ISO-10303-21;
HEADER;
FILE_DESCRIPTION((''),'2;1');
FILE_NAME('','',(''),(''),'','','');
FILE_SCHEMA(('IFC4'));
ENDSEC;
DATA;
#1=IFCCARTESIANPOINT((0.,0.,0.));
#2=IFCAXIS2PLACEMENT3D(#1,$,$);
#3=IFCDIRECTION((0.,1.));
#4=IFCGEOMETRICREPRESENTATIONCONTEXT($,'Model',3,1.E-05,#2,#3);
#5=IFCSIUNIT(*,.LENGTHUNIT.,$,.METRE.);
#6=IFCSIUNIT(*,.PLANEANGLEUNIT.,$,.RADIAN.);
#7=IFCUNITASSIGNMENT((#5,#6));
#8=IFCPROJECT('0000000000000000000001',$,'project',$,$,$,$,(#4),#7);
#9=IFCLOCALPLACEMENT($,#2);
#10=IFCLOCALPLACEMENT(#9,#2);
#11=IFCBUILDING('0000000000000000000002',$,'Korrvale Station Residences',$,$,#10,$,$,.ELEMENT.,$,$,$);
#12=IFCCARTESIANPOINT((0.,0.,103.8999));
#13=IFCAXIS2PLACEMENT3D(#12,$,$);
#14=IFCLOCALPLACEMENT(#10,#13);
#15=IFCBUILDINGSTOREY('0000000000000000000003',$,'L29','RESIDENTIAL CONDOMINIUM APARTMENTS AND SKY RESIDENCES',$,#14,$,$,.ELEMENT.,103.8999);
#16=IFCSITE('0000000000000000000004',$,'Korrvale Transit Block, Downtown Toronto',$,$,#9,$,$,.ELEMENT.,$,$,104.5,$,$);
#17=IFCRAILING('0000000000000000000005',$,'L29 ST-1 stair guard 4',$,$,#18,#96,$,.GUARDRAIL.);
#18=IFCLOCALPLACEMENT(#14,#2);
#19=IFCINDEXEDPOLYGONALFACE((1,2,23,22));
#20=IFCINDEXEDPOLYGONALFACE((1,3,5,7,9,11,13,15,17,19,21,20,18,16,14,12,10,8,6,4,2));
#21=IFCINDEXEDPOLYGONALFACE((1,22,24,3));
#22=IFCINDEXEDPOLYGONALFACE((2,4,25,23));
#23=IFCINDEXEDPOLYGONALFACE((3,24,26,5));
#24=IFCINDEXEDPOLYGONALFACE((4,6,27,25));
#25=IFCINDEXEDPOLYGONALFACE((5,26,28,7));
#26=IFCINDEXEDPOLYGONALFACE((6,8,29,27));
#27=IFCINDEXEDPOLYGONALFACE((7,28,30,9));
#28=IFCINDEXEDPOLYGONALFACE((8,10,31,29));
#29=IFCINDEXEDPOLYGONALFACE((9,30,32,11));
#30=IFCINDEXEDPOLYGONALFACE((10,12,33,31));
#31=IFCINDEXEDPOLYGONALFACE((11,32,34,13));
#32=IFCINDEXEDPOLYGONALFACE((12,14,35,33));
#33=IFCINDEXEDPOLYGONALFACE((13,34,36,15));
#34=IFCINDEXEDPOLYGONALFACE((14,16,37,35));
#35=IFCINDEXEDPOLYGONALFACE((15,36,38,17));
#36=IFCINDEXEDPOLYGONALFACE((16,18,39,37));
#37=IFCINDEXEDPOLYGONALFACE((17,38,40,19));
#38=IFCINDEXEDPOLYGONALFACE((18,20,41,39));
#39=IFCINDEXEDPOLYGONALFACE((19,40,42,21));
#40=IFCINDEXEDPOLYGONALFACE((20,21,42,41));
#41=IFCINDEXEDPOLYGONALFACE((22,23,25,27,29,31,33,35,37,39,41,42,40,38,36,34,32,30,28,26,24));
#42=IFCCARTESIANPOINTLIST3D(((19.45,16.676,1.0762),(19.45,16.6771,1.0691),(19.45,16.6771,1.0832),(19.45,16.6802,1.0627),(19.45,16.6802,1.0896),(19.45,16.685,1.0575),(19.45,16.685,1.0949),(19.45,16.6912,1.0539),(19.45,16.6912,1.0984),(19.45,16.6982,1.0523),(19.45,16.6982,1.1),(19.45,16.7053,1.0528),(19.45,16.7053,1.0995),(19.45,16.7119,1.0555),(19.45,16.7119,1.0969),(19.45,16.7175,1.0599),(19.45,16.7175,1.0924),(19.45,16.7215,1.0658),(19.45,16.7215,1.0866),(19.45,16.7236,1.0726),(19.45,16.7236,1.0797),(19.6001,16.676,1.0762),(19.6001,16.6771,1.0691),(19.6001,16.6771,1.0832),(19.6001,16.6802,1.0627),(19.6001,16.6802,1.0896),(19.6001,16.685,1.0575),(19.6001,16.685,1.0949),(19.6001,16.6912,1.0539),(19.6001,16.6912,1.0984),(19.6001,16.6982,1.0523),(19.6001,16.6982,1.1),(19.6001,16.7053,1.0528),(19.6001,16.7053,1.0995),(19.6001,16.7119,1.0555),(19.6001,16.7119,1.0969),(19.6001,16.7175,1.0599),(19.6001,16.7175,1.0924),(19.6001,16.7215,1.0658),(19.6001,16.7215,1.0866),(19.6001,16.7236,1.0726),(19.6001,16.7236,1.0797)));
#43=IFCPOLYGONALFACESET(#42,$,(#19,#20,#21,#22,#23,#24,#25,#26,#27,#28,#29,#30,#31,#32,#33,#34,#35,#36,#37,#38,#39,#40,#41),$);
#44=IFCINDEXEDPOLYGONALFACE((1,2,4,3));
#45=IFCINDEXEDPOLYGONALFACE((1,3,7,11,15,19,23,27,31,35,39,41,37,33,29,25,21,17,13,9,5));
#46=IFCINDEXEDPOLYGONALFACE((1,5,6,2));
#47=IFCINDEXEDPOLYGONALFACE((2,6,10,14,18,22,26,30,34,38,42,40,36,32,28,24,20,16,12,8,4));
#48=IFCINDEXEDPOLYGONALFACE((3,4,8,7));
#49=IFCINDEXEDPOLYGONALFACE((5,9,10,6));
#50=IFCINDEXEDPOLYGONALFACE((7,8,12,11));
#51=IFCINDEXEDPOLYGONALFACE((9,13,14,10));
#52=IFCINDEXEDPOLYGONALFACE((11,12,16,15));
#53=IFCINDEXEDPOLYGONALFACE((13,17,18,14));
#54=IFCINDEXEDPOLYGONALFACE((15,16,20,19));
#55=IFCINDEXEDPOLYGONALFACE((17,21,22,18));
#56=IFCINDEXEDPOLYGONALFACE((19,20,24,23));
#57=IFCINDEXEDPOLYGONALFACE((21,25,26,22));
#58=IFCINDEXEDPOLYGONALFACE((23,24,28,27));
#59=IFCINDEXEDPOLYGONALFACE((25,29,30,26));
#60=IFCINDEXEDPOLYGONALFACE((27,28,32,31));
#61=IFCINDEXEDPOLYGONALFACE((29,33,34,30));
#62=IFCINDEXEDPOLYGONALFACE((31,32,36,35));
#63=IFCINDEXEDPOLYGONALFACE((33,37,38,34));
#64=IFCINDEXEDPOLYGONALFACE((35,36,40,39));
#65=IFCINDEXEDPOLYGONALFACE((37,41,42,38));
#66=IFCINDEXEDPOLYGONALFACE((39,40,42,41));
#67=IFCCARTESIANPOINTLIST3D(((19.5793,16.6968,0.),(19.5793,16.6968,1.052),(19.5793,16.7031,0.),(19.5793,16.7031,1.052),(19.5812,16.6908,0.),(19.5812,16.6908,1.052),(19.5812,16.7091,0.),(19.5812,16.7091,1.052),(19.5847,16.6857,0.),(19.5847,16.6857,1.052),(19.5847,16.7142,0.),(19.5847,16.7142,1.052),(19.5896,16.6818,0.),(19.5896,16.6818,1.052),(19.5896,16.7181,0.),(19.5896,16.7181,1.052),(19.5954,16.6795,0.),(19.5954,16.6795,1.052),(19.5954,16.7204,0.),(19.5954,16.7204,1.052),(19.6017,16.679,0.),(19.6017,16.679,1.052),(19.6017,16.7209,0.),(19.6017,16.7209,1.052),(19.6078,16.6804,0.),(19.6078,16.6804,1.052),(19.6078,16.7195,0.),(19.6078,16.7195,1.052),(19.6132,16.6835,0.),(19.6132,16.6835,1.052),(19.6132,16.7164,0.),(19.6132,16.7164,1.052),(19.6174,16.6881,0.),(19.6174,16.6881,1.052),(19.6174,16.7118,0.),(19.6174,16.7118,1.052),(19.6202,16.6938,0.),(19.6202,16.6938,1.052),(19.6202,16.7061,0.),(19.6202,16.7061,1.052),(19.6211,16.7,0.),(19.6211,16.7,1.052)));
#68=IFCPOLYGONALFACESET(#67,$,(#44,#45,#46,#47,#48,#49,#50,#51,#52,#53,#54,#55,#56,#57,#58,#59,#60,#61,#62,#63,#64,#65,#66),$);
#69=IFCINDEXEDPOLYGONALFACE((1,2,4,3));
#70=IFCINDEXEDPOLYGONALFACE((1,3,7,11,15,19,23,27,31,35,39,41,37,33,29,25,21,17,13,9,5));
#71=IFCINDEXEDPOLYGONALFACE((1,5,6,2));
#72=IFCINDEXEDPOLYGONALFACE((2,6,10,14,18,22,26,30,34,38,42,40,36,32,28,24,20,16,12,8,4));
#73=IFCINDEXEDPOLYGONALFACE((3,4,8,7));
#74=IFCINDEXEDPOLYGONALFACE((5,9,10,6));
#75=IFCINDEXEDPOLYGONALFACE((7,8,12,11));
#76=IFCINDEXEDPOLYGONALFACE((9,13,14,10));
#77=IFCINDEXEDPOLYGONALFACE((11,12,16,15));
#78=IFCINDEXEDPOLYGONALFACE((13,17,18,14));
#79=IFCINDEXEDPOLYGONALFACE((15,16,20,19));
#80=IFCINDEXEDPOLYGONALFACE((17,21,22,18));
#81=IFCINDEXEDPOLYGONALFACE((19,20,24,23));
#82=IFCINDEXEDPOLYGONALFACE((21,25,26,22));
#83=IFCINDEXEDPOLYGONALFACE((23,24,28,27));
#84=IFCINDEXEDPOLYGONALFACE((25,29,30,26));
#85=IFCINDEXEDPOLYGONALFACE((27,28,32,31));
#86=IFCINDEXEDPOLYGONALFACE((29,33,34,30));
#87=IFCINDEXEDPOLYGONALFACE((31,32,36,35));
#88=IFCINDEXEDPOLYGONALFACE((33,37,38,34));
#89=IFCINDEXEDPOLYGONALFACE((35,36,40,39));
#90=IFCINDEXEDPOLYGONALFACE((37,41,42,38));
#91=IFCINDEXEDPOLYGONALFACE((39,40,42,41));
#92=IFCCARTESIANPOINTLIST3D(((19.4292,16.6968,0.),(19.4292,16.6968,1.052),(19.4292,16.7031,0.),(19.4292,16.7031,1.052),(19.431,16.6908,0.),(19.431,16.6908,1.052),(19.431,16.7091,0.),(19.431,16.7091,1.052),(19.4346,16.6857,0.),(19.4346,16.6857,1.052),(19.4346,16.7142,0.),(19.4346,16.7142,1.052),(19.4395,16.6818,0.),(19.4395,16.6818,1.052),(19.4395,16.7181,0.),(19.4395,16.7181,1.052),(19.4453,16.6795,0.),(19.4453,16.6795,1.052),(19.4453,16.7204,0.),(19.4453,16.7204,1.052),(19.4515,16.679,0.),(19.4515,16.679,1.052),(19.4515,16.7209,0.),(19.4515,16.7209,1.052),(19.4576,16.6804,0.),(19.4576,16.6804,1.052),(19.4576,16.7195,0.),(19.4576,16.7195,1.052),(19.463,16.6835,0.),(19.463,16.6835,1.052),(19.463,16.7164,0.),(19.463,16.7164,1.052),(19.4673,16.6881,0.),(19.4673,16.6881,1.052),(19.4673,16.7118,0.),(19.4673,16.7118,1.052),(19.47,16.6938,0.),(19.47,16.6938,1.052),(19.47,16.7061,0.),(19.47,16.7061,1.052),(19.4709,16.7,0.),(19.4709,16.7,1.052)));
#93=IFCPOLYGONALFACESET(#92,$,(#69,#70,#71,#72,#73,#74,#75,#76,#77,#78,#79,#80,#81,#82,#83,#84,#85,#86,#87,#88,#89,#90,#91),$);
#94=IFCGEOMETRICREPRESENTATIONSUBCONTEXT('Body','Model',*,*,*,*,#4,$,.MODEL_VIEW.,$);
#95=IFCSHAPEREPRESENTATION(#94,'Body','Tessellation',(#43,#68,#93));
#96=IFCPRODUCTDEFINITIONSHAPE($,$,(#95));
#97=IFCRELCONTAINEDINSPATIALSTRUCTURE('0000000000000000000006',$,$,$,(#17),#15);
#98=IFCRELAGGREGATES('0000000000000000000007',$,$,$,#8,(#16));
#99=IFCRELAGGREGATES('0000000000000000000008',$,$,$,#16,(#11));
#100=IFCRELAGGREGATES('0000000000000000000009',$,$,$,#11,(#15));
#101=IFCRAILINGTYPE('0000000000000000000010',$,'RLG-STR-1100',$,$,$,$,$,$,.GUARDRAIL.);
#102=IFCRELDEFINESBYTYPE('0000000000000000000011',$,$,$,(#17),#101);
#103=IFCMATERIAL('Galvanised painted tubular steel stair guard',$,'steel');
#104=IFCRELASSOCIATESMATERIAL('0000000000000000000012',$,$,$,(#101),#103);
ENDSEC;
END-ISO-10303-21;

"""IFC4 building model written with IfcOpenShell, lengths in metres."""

from ifc_helpers import new_model, si_unit, direction, frame, origin, origin_2d, place, context, subcontext, project, spatial, circle, extrude, material, type_object, element, save


model = new_model("IFC4")

# Units and contexts
model_context = context("Model", 3, precision=1e-05, world=origin(), true_north=direction((0.0, 1.0)))
body_context = subcontext(model_context, "Body", "Model", "MODEL_VIEW")
ifc_project = project(units=[si_unit("LENGTHUNIT", "METRE"), si_unit("PLANEANGLEUNIT", "RADIAN")], contexts=[model_context])

# Site, building, storey
site_placement = place(None, origin())
site = spatial("IfcSite", under=ifc_project, at=site_placement, Name="Korrvale Transit Block, Downtown Toronto", CompositionType="ELEMENT", RefElevation=104.5)
building_placement = place(site_placement, origin())
building = spatial("IfcBuilding", under=site, at=building_placement, Name="Korrvale Station Residences", CompositionType="ELEMENT")
storey_placement = place(building_placement, frame((0.0, 0.0, 103.8999)))
storey = spatial("IfcBuildingStorey", under=building, at=storey_placement, Name="L29", Description="RESIDENTIAL CONDOMINIUM APARTMENTS AND SKY RESIDENCES", CompositionType="ELEMENT", Elevation=103.8999)

# Railing
ifc_material_1 = material(Name="Galvanised painted tubular steel stair guard", Category="steel")
railing_type_1 = type_object("IfcRailingType", Name="RLG-STR-1100", PredefinedType="GUARDRAIL", material=ifc_material_1)
railing_1_placement = place(storey_placement, frame((19.6001, 16.7, 0.0)))
element("IfcRailing", 1, at=railing_1_placement, inside=storey, type_object=railing_type_1, Name="L29 ST-1 stair guard 4", PredefinedType="GUARDRAIL", context=body_context, shape_type="SweptSolid", body=[
    extrude(circle(Radius=0.0239, at=origin_2d()), frame((0.0, 0.0, 1.0762), z_axis=(-1.0, 0.0, 0.0), x_axis=(0.0, -1.0, 0.0)), (0.0, 0.0, 1.0), 0.1501),
    extrude(circle(Radius=0.021, at=origin_2d()), origin(), (0.0, 0.0, 1.0), 1.052),
    extrude(circle(Radius=0.021, at=origin_2d()), frame((-0.1501, 0.0, 0.0)), (0.0, 0.0, 1.0), 1.052),
])

save(model, "model.ifc")
